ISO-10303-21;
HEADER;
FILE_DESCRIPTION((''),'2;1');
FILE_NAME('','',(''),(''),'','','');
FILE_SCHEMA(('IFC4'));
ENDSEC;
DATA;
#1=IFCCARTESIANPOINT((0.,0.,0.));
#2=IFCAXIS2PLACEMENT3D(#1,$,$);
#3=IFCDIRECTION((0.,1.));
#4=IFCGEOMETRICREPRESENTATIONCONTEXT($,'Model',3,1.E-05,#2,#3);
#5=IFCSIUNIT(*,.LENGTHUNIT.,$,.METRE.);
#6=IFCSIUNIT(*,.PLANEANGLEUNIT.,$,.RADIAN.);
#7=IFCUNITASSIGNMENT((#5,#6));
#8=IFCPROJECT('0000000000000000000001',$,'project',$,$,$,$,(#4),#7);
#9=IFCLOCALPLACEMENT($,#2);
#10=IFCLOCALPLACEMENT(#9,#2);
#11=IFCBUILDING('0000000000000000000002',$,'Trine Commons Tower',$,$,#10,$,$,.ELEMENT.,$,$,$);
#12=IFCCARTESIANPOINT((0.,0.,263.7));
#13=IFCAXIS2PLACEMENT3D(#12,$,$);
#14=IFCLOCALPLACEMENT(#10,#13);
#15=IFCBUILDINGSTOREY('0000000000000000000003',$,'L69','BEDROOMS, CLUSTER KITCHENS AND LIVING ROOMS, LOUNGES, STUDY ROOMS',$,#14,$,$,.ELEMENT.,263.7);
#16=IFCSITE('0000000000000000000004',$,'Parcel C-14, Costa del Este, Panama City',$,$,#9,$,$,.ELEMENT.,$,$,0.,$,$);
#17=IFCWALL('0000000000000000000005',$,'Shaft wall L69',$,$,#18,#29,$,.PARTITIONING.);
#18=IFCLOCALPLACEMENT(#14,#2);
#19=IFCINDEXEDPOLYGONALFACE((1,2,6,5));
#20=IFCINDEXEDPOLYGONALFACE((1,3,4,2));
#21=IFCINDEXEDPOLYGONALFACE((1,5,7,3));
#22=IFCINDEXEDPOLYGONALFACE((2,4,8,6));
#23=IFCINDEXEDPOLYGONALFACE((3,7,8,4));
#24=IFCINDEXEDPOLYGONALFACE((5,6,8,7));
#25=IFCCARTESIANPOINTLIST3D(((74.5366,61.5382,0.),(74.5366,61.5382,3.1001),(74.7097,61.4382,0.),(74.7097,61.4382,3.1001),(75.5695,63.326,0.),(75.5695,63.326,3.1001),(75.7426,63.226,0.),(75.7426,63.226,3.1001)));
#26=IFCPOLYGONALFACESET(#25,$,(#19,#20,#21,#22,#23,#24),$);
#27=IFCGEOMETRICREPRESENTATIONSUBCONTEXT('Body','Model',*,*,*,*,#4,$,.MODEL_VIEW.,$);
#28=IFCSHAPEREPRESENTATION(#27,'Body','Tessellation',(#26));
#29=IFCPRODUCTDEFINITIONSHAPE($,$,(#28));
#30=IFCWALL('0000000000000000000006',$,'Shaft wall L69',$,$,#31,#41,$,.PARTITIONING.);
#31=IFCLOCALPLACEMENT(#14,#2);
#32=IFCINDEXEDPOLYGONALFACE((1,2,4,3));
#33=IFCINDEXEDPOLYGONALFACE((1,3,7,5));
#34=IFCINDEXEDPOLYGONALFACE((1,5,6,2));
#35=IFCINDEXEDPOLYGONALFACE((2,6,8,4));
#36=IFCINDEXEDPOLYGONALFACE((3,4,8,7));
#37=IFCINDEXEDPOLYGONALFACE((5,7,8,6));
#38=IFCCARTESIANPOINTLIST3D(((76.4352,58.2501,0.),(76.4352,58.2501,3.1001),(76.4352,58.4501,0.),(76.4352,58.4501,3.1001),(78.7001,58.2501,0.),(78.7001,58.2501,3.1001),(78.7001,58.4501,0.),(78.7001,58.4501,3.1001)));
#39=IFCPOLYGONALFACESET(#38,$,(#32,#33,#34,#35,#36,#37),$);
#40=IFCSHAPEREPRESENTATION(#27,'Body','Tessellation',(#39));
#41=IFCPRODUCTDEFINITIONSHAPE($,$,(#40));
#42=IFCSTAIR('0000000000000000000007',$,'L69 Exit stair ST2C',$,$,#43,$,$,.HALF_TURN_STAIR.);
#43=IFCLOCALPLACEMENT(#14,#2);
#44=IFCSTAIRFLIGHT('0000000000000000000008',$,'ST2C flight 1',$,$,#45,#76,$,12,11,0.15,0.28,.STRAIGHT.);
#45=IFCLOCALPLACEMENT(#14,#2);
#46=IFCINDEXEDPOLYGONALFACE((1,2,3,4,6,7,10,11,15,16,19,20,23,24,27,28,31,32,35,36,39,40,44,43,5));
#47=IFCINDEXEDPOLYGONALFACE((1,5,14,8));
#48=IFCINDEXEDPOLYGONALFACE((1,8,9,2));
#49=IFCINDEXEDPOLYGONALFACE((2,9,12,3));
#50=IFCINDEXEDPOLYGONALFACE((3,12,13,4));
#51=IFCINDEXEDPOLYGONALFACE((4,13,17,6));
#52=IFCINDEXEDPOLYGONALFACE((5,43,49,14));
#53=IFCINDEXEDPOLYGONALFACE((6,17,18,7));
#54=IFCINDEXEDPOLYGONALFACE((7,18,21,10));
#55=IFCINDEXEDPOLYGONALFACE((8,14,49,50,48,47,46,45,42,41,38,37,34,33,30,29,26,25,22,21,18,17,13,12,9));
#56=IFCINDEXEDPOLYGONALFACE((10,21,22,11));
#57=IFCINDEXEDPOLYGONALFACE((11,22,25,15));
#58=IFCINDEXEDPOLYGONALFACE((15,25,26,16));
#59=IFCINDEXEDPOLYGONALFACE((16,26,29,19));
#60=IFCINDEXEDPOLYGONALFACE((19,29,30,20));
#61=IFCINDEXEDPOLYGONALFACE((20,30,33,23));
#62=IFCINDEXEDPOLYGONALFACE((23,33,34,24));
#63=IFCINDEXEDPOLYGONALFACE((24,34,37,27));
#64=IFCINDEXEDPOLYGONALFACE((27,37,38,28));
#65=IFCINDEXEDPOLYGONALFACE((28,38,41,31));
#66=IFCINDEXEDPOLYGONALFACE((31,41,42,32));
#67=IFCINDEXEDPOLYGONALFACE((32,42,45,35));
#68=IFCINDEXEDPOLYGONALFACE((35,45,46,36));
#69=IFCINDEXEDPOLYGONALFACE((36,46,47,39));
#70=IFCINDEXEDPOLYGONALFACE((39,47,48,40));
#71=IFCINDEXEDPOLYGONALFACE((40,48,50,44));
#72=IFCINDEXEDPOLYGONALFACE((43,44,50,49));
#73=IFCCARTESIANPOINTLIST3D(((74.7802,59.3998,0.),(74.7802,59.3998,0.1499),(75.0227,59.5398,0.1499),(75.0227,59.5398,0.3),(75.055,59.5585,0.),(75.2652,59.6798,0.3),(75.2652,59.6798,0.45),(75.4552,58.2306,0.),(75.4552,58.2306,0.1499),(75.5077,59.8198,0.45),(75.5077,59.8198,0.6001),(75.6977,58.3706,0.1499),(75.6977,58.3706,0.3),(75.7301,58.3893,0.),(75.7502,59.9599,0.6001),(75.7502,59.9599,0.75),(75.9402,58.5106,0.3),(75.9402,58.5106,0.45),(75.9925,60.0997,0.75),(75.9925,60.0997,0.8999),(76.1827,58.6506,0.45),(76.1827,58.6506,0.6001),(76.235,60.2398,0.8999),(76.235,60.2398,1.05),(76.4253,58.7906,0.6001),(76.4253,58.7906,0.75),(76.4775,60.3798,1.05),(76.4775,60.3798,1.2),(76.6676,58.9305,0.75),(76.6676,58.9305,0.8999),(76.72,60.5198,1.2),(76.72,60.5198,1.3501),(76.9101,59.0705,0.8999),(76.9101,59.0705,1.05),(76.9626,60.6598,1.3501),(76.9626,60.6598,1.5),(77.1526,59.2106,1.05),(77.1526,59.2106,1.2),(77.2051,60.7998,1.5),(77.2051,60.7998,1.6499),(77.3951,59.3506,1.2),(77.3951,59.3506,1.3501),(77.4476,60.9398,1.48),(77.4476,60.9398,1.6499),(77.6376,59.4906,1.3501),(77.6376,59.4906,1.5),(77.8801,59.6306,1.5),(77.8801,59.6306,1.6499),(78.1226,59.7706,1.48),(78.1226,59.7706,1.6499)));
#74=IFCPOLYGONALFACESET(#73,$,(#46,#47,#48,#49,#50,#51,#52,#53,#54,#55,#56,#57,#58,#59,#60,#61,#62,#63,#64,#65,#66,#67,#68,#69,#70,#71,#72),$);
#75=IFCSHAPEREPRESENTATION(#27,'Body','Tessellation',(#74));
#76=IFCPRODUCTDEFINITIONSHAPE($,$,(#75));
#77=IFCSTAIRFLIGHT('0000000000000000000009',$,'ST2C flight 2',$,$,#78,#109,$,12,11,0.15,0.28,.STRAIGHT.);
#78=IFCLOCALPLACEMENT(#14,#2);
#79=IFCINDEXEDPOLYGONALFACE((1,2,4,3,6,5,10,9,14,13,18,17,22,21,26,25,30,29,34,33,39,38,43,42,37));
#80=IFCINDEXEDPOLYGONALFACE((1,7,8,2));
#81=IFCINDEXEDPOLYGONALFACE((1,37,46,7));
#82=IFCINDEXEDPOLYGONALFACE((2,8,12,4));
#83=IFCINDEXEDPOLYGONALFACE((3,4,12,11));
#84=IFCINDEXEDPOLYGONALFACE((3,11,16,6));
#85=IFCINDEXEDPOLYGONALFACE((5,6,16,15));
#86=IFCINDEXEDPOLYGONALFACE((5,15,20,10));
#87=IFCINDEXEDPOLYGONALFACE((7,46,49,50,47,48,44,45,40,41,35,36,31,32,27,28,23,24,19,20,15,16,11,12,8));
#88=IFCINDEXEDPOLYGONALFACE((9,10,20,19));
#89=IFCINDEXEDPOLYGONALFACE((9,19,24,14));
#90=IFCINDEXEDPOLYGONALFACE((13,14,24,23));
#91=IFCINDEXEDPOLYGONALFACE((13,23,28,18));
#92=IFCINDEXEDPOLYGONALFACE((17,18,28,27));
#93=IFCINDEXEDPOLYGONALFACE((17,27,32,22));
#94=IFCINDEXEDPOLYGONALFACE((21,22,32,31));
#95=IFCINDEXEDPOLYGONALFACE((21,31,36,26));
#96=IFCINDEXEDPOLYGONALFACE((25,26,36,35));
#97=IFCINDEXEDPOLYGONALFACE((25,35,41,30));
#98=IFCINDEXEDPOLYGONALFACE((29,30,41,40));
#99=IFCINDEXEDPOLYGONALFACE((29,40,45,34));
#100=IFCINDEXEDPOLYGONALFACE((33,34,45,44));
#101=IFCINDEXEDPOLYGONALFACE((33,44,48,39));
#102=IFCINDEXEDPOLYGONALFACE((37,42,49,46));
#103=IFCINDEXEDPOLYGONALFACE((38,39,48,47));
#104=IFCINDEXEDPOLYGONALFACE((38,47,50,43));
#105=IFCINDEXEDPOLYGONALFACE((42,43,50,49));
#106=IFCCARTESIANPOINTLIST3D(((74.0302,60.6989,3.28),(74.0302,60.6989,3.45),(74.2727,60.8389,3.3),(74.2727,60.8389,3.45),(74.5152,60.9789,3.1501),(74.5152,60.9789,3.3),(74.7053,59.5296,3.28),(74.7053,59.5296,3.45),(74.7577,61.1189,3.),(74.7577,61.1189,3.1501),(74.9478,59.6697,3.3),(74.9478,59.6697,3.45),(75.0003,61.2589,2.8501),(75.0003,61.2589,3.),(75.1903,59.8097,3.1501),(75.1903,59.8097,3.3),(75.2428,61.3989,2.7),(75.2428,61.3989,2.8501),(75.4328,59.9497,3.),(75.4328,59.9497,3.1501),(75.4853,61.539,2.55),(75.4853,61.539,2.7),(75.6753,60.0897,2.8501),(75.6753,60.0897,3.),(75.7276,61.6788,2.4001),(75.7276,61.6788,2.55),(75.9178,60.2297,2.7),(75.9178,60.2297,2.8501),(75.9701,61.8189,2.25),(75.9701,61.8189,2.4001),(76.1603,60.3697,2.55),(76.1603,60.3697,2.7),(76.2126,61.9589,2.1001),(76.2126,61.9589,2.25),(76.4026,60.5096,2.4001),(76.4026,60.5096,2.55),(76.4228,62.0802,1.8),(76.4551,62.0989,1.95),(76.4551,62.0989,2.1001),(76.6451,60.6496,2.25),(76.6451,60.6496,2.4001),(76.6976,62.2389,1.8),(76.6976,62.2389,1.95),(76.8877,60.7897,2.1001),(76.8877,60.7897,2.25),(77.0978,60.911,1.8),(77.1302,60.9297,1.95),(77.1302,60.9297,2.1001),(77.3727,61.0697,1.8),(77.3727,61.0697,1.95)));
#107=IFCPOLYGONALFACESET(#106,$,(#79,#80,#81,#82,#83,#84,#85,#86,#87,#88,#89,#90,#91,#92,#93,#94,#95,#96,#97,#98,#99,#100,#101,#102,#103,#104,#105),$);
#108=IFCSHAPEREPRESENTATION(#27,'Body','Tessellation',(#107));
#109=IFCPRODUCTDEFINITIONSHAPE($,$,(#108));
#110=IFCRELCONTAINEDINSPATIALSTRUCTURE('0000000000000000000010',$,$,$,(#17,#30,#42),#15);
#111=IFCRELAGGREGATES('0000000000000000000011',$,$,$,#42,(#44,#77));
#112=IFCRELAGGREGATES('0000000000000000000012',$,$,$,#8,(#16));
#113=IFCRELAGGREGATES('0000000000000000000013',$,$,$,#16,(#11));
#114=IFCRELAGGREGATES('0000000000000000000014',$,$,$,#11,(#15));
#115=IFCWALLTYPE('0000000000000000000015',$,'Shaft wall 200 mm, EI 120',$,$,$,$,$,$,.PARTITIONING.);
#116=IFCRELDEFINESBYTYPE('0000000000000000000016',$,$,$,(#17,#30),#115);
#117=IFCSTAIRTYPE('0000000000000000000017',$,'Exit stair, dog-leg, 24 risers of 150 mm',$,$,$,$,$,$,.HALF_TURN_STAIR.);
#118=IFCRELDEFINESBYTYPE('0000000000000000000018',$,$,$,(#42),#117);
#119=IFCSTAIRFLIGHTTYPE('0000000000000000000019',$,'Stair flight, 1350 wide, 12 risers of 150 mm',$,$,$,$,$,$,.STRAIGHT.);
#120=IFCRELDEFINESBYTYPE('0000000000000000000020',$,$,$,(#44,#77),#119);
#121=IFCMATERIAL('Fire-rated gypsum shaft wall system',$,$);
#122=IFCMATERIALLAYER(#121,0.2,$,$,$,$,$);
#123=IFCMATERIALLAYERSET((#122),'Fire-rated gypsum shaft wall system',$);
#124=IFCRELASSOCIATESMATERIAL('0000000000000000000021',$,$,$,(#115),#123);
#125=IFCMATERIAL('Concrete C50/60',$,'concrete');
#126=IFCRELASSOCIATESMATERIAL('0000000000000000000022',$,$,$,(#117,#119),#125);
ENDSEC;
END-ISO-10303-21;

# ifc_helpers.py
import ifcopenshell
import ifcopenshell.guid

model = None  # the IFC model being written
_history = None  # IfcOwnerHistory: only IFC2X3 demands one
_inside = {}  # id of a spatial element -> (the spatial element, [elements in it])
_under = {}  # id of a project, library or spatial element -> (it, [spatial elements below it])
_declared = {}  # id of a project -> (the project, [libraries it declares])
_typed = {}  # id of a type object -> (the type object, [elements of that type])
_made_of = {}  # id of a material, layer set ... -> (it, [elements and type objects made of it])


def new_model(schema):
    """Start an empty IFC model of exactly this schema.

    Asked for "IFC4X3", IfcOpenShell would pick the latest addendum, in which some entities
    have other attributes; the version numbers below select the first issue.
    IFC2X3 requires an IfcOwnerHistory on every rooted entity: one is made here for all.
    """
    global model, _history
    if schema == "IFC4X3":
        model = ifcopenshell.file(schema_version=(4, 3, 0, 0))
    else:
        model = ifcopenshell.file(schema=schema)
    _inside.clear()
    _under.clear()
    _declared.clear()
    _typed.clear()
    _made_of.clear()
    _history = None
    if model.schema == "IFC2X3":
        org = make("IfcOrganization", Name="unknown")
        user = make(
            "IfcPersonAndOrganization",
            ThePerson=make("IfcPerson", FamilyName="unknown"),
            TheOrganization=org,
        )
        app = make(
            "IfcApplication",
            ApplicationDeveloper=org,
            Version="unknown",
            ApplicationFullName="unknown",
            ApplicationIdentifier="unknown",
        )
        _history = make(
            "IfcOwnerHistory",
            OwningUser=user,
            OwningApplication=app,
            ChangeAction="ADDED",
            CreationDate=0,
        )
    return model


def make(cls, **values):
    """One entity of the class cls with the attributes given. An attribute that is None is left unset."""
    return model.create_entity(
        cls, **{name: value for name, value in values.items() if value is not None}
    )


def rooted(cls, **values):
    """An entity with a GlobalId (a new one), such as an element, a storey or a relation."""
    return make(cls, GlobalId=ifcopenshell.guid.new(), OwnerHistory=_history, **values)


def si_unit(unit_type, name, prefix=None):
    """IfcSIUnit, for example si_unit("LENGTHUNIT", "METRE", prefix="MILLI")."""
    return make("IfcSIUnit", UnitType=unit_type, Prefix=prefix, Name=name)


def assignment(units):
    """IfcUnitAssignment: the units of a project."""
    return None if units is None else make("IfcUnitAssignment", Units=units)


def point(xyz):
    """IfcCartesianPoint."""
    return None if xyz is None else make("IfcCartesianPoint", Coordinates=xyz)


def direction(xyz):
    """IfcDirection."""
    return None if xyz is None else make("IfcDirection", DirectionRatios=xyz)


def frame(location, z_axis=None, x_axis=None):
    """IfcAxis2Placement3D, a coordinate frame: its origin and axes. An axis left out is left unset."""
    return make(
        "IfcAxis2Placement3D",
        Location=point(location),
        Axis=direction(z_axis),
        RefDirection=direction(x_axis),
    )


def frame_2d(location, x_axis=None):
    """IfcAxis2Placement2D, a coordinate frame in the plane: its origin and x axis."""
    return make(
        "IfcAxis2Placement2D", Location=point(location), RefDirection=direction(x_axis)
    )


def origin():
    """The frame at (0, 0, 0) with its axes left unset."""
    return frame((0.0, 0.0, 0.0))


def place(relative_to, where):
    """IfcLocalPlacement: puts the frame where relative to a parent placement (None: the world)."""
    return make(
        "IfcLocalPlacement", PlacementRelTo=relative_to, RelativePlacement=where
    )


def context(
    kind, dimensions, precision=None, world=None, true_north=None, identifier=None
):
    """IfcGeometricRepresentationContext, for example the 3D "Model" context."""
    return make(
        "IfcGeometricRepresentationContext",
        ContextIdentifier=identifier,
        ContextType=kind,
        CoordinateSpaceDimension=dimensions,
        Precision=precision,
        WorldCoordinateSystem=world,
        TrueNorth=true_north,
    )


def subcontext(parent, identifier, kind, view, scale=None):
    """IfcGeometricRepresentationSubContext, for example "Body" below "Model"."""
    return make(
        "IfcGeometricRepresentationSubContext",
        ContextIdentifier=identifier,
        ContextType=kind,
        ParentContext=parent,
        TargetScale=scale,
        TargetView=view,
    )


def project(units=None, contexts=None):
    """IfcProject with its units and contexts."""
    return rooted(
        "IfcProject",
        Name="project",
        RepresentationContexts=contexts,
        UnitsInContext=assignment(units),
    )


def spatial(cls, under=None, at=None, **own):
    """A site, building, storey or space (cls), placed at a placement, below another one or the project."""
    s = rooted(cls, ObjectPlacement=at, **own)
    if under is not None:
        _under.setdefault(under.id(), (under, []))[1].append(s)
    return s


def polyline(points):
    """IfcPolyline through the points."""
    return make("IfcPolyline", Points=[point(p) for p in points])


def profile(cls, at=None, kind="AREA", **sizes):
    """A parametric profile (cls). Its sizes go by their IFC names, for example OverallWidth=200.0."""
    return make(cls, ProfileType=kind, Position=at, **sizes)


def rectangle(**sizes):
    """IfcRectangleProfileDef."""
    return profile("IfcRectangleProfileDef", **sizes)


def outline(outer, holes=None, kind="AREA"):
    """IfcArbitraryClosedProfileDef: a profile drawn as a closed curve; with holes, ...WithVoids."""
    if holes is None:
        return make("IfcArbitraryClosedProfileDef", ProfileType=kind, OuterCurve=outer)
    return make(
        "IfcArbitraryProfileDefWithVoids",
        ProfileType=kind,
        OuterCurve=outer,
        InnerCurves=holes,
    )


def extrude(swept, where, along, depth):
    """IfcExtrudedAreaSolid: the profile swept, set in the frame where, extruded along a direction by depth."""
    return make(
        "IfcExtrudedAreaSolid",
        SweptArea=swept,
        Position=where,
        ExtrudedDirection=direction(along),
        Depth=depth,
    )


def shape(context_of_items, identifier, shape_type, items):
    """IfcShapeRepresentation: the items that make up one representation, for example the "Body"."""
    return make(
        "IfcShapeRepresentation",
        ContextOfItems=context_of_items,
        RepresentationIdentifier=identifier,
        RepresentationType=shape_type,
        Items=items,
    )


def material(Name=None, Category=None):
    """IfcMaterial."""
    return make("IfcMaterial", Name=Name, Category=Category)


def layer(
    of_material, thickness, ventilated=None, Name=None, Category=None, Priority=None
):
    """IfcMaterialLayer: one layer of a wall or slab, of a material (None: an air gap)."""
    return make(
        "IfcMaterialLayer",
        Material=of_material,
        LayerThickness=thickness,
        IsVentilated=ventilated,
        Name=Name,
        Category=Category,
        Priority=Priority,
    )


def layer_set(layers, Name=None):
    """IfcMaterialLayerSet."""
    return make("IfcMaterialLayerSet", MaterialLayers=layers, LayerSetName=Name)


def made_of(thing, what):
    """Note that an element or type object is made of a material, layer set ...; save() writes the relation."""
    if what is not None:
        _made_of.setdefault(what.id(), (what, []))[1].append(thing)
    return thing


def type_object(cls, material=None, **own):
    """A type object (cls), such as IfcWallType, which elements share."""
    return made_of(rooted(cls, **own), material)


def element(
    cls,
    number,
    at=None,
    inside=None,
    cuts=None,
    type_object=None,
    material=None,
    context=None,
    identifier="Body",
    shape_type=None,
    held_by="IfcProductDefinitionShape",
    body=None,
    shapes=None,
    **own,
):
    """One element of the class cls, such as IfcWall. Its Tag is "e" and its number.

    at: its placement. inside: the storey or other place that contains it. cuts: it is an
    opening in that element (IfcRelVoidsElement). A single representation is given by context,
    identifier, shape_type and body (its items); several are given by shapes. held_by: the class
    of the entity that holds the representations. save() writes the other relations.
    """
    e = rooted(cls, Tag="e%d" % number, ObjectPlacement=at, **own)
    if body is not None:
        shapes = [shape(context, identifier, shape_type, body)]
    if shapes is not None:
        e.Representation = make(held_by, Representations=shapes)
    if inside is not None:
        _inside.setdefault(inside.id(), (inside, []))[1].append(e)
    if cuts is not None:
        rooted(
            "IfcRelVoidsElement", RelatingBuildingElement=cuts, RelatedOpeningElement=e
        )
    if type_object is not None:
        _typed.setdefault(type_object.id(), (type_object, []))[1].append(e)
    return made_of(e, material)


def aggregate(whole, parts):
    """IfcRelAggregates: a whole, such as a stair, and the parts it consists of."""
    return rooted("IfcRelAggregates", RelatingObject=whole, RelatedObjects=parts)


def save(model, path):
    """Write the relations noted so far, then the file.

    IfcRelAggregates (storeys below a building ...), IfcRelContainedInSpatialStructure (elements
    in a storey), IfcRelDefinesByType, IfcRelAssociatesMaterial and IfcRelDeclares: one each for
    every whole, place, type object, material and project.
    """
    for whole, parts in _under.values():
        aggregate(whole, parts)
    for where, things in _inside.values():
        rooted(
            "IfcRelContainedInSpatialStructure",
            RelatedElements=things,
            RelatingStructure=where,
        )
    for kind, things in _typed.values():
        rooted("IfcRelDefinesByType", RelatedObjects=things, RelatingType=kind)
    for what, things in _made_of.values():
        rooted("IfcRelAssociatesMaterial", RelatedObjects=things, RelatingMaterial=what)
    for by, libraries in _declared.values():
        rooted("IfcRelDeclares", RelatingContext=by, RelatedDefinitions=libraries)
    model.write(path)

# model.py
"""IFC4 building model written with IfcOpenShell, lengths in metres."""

from ifc_helpers import new_model, si_unit, direction, frame, frame_2d, origin, place, context, subcontext, project, spatial, polyline, rectangle, outline, extrude, material, layer, layer_set, type_object, element, aggregate, save


model = new_model("IFC4")

# Units and contexts
model_context = context("Model", 3, precision=1e-05, world=origin(), true_north=direction((0.0, 1.0)))
body_context = subcontext(model_context, "Body", "Model", "MODEL_VIEW")
ifc_project = project(units=[si_unit("LENGTHUNIT", "METRE"), si_unit("PLANEANGLEUNIT", "RADIAN")], contexts=[model_context])

# Site, building, storey
site_placement = place(None, origin())
site = spatial("IfcSite", under=ifc_project, at=site_placement, Name="Parcel C-14, Costa del Este, Panama City", CompositionType="ELEMENT", RefElevation=0.0)
building_placement = place(site_placement, origin())
building = spatial("IfcBuilding", under=site, at=building_placement, Name="Trine Commons Tower", CompositionType="ELEMENT")
storey_placement = place(building_placement, frame((0.0, 0.0, 263.7)))
storey = spatial("IfcBuildingStorey", under=building, at=storey_placement, Name="L69", Description="BEDROOMS, CLUSTER KITCHENS AND LIVING ROOMS, LOUNGES, STUDY ROOMS", CompositionType="ELEMENT", Elevation=263.7)

# Shared definitions
ifc_material_1 = material(Name="Fire-rated gypsum shaft wall system")
ifc_material_2 = material(Name="Concrete C50/60", Category="concrete")

# Walls
ifc_layer_1 = layer(ifc_material_1, 0.2)
ifc_layer_set_1 = layer_set([ifc_layer_1], Name="Fire-rated gypsum shaft wall system")
wall_type_1 = type_object("IfcWallType", Name="Shaft wall 200 mm, EI 120", PredefinedType="PARTITIONING", material=ifc_layer_set_1)
wall_1_placement = place(storey_placement, frame((75.656, 63.2759, 0.0), z_axis=(0.0, 0.0, 1.0), x_axis=(-0.500272, -0.865868, 0.0)))
element("IfcWall", 1, at=wall_1_placement, inside=storey, type_object=wall_type_1, Name="Shaft wall L69", PredefinedType="PARTITIONING", context=body_context, shape_type="SweptSolid", body=[
    extrude(rectangle(XDim=2.0647, YDim=0.2, at=frame_2d((1.0322, 0.0))), origin(), (0.0, 0.0, 1.0), 3.1001),
])
wall_2_placement = place(storey_placement, frame((78.7, 58.3501, 0.0), z_axis=(0.0, 0.0, 1.0), x_axis=(-1.0, 0.0, 0.0)))
element("IfcWall", 2, at=wall_2_placement, inside=storey, type_object=wall_type_1, Name="Shaft wall L69", PredefinedType="PARTITIONING", context=body_context, shape_type="SweptSolid", body=[
    extrude(rectangle(XDim=2.2649, YDim=0.2, at=frame_2d((1.1323, 0.0))), origin(), (0.0, 0.0, 1.0), 3.1001),
])

# Stair, stair flights
stair_type = type_object("IfcStairType", Name="Exit stair, dog-leg, 24 risers of 150 mm", PredefinedType="HALF_TURN_STAIR", material=ifc_material_2)
stair_placement = place(storey_placement, origin())
stair = element("IfcStair", 3, at=stair_placement, inside=storey, type_object=stair_type, Name="L69 Exit stair ST2C", PredefinedType="HALF_TURN_STAIR")
stair_flight_type = type_object("IfcStairFlightType", Name="Stair flight, 1350 wide, 12 risers of 150 mm", PredefinedType="STRAIGHT", material=ifc_material_2)
stair_flight_1_placement = place(storey_placement, frame((75.1177, 58.8152, 0.0), z_axis=(0.0, 0.0, 1.0), x_axis=(0.866025, 0.5, 0.0)))
stair_flight_1 = element("IfcStairFlight", 4, at=stair_flight_1_placement, type_object=stair_flight_type, Name="ST2C flight 1", NumberOfRisers=12, NumberOfTreads=11, PredefinedType="STRAIGHT", RiserHeight=0.15, TreadLength=0.28, context=body_context, shape_type="SweptSolid", body=[
    extrude(outline(polyline([(0.0, 0.0), (0.0, 0.1499), (0.28, 0.1499), (0.28, 0.3), (0.5601, 0.3), (0.5601, 0.45), (0.8401, 0.45), (0.8401, 0.6001), (1.1201, 0.6001), (1.1201, 0.75), (1.3999, 0.75), (1.3999, 0.8999), (1.6799, 0.8999), (1.6799, 1.05), (1.96, 1.05), (1.96, 1.2), (2.24, 1.2), (2.24, 1.3501), (2.52, 1.3501), (2.52, 1.5), (2.8, 1.5), (2.8, 1.6499), (3.0801, 1.6499), (3.0801, 1.8), (3.0801, 1.48), (0.3174, 0.0), (0.0, 0.0)])), frame((0.0, 0.675, 0.0), z_axis=(0.0, -1.0, 0.0), x_axis=(1.0, 0.0, 0.0)), (0.0, 0.0, 1.0), 1.3501),
])
stair_flight_2_placement = place(storey_placement, frame((77.0352, 61.6543, 1.8), z_axis=(0.0, 0.0, 1.0), x_axis=(-0.866025, -0.5, 0.0)))
stair_flight_2 = element("IfcStairFlight", 5, at=stair_flight_2_placement, type_object=stair_flight_type, Name="ST2C flight 2", NumberOfRisers=12, NumberOfTreads=11, PredefinedType="STRAIGHT", RiserHeight=0.15, TreadLength=0.28, context=body_context, shape_type="SweptSolid", body=[
    extrude(outline(polyline([(0.0, 0.0), (0.0, 0.1499), (0.28, 0.1499), (0.28, 0.3), (0.5601, 0.3), (0.5601, 0.45), (0.8401, 0.45), (0.8401, 0.6001), (1.1201, 0.6001), (1.1201, 0.75), (1.3999, 0.75), (1.3999, 0.8999), (1.6799, 0.8999), (1.6799, 1.05), (1.96, 1.05), (1.96, 1.2), (2.24, 1.2), (2.24, 1.3501), (2.52, 1.3501), (2.52, 1.5), (2.8, 1.5), (2.8, 1.6499), (3.0801, 1.6499), (3.0801, 1.8), (3.0801, 1.48), (0.3174, 0.0), (0.0, 0.0)])), frame((0.0, 0.675, 0.0), z_axis=(0.0, -1.0, 0.0), x_axis=(1.0, 0.0, 0.0)), (0.0, 0.0, 1.0), 1.3501),
])
aggregate(stair, [stair_flight_1, stair_flight_2])

save(model, "model.ifc")
